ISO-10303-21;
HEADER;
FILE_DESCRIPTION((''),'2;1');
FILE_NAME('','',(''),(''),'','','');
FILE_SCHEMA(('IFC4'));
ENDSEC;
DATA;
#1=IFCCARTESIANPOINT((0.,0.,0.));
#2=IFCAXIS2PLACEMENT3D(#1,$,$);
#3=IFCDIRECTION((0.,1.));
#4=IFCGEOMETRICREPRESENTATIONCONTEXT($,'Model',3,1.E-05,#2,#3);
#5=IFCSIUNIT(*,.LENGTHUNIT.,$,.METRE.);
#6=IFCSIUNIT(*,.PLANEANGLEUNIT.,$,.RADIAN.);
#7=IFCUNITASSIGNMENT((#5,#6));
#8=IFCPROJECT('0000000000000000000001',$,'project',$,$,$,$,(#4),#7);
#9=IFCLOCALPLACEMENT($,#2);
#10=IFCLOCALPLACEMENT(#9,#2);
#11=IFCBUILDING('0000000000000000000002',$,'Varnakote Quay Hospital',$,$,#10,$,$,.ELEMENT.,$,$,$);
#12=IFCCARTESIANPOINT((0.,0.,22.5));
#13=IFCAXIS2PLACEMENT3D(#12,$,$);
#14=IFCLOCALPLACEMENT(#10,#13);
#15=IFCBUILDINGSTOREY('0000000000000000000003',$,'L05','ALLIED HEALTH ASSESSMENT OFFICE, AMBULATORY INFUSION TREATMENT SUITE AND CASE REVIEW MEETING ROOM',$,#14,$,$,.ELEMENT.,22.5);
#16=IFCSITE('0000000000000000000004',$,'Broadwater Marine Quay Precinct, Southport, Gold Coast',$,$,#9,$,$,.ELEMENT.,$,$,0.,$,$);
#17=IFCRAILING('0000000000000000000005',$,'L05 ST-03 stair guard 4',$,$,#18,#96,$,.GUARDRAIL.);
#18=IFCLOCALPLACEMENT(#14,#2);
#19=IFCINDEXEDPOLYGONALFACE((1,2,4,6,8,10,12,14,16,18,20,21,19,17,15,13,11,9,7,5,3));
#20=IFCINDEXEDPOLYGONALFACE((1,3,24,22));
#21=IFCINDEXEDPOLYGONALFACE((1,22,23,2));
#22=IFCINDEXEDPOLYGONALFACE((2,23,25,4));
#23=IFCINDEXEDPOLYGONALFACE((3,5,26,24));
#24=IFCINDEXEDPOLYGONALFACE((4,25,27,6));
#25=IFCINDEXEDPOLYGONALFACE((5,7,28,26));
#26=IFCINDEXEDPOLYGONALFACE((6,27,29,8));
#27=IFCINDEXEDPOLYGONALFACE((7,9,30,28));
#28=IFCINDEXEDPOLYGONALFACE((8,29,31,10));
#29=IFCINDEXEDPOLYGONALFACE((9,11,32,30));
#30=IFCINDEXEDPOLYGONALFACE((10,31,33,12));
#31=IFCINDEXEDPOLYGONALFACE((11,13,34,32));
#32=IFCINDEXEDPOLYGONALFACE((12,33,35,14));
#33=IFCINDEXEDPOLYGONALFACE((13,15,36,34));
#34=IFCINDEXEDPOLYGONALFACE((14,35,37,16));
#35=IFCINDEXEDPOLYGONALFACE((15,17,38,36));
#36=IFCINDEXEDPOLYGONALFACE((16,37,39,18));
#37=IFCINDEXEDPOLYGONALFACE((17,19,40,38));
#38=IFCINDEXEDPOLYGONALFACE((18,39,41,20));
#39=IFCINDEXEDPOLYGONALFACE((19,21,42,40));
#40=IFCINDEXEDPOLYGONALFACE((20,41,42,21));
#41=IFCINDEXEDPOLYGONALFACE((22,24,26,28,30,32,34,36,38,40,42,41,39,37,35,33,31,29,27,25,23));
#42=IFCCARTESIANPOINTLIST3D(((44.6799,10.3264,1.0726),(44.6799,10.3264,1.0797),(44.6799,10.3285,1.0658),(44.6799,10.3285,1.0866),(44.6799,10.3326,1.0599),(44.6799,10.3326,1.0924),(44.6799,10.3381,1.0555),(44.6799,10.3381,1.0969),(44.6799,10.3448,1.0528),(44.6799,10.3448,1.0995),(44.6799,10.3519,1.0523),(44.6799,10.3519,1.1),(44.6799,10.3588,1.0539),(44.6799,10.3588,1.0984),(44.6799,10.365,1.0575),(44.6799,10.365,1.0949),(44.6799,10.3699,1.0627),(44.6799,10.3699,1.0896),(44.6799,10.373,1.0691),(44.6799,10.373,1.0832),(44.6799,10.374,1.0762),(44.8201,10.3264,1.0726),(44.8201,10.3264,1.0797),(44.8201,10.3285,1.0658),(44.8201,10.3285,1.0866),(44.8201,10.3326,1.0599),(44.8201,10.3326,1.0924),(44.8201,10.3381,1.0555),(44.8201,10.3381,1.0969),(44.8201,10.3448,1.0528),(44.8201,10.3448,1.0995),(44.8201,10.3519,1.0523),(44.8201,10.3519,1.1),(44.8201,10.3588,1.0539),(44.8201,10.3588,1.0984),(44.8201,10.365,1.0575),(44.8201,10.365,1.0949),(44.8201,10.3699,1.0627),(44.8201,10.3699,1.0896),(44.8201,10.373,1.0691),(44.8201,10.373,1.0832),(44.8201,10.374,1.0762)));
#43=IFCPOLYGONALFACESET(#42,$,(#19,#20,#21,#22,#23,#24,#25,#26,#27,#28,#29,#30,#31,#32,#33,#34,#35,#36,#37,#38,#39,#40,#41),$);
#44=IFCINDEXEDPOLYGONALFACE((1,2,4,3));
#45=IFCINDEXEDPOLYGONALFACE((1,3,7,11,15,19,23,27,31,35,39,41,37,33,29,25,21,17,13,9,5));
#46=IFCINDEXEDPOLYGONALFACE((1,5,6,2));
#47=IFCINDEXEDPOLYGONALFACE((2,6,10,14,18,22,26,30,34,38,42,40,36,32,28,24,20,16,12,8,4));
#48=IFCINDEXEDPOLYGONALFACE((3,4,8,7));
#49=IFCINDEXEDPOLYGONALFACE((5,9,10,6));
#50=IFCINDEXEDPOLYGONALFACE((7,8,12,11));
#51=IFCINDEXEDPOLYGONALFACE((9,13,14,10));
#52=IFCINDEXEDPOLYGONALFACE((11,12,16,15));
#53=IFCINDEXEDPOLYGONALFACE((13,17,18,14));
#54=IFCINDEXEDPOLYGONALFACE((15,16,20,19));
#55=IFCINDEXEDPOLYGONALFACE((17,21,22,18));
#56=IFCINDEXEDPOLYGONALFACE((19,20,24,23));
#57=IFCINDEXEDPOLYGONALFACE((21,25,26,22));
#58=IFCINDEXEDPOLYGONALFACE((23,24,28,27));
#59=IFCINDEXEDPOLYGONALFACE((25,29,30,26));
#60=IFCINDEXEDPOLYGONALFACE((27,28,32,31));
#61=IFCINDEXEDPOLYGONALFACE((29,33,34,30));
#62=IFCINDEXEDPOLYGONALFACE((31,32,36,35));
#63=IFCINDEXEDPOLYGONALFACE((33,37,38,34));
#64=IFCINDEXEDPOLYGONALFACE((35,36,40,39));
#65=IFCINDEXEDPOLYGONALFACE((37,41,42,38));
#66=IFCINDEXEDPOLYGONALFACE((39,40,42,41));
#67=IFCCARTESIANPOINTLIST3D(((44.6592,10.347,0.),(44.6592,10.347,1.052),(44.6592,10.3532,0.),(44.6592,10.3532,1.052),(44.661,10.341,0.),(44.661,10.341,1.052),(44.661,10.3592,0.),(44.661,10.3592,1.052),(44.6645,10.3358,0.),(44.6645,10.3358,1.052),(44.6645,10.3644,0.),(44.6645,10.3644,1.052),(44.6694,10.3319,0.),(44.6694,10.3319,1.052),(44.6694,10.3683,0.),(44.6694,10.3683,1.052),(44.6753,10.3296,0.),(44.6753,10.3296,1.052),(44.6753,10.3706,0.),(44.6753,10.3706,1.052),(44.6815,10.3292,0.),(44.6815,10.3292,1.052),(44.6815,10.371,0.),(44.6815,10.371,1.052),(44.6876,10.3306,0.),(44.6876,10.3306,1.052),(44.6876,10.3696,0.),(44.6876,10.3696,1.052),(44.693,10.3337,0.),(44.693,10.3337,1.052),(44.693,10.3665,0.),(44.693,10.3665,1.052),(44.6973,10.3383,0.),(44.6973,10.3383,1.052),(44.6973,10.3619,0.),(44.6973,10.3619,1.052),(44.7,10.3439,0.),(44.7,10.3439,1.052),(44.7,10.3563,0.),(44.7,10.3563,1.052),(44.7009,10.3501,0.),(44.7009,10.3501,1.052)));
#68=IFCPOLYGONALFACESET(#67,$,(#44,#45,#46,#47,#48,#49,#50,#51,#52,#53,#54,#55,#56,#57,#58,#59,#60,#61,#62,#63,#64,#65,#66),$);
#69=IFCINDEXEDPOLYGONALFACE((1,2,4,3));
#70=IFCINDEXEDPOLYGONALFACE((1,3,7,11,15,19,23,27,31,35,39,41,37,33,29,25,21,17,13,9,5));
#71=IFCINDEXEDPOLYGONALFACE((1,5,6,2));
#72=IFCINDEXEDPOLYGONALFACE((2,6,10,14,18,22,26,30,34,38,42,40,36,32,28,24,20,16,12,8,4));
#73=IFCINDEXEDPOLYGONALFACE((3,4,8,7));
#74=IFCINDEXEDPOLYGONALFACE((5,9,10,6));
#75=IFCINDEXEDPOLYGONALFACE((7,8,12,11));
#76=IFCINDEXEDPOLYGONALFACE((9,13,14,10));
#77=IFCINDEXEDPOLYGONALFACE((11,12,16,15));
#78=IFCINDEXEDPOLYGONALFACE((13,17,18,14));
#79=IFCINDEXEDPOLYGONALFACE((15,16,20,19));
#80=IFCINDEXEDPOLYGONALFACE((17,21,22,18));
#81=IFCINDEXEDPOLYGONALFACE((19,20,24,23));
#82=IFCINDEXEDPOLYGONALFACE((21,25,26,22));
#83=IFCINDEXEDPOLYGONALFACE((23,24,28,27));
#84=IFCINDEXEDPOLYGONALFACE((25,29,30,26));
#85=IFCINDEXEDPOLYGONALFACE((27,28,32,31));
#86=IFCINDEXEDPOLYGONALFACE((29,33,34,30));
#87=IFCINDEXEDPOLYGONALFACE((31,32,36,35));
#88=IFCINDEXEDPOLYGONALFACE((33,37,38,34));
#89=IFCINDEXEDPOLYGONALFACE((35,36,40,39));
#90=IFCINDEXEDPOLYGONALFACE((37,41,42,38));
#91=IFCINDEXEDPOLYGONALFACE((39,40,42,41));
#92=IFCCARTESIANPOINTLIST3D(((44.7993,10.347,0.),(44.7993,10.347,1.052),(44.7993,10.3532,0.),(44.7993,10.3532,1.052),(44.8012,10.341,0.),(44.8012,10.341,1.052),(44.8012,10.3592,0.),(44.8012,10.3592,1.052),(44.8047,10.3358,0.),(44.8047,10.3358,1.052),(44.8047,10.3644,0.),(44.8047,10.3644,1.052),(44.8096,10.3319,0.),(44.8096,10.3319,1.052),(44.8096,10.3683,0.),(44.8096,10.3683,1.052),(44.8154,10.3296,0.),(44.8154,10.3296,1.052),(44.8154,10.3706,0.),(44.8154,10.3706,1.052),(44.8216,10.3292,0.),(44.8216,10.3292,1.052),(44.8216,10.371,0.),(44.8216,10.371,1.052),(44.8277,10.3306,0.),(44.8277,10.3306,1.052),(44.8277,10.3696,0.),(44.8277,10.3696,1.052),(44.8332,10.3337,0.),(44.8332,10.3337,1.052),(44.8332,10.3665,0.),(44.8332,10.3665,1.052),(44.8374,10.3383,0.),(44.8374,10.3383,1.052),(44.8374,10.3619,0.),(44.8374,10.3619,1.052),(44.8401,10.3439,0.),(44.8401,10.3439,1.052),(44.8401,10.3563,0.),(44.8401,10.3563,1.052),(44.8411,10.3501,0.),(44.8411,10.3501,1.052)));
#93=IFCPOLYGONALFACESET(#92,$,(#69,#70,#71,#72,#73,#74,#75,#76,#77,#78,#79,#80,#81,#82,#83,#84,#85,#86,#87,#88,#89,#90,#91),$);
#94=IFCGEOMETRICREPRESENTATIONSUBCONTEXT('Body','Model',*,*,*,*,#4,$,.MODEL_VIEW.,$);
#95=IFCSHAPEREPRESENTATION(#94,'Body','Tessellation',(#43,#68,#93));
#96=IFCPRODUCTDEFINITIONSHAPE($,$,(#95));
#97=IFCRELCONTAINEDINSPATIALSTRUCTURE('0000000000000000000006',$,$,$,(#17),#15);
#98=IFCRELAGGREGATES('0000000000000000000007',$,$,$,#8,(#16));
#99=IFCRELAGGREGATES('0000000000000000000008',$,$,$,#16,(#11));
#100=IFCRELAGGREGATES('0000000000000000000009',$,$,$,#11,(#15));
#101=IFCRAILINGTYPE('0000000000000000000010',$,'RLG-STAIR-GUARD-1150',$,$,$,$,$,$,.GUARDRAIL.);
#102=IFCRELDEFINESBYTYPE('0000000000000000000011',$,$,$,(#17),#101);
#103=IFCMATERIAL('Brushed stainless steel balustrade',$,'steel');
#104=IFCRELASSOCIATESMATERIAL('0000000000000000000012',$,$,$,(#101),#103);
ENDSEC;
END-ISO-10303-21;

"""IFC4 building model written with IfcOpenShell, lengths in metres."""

from ifc_helpers import new_model, si_unit, direction, frame, origin, origin_2d, place, context, subcontext, project, spatial, circle, extrude, material, type_object, element, save


model = new_model("IFC4")

# Units and contexts
model_context = context("Model", 3, precision=1e-05, world=origin(), true_north=direction((0.0, 1.0)))
body_context = subcontext(model_context, "Body", "Model", "MODEL_VIEW")
ifc_project = project(units=[si_unit("LENGTHUNIT", "METRE"), si_unit("PLANEANGLEUNIT", "RADIAN")], contexts=[model_context])

# Site, building, storey
site_placement = place(None, origin())
site = spatial("IfcSite", under=ifc_project, at=site_placement, Name="Broadwater Marine Quay Precinct, Southport, Gold Coast", CompositionType="ELEMENT", RefElevation=0.0)
building_placement = place(site_placement, origin())
building = spatial("IfcBuilding", under=site, at=building_placement, Name="Varnakote Quay Hospital", CompositionType="ELEMENT")
storey_placement = place(building_placement, frame((0.0, 0.0, 22.5)))
storey = spatial("IfcBuildingStorey", under=building, at=storey_placement, Name="L05", Description="ALLIED HEALTH ASSESSMENT OFFICE, AMBULATORY INFUSION TREATMENT SUITE AND CASE REVIEW MEETING ROOM", CompositionType="ELEMENT", Elevation=22.5)

# Railing
ifc_material_1 = material(Name="Brushed stainless steel balustrade", Category="steel")
railing_type_1 = type_object("IfcRailingType", Name="RLG-STAIR-GUARD-1150", PredefinedType="GUARDRAIL", material=ifc_material_1)
railing_1_placement = place(storey_placement, frame((44.6799, 10.3501, 0.0)))
element("IfcRailing", 1, at=railing_1_placement, inside=storey, type_object=railing_type_1, Name="L05 ST-03 stair guard 4", PredefinedType="GUARDRAIL", context=body_context, shape_type="SweptSolid", body=[
    extrude(circle(Radius=0.0239, at=origin_2d()), frame((0.0, 0.0, 1.0762), z_axis=(1.0, 0.0, 0.0), x_axis=(0.0, 1.0, 0.0)), (0.0, 0.0, 1.0), 0.1401),
    extrude(circle(Radius=0.021, at=origin_2d()), origin(), (0.0, 0.0, 1.0), 1.052),
    extrude(circle(Radius=0.021, at=origin_2d()), frame((0.1401, 0.0, 0.0)), (0.0, 0.0, 1.0), 1.052),
])

save(model, "model.ifc")
